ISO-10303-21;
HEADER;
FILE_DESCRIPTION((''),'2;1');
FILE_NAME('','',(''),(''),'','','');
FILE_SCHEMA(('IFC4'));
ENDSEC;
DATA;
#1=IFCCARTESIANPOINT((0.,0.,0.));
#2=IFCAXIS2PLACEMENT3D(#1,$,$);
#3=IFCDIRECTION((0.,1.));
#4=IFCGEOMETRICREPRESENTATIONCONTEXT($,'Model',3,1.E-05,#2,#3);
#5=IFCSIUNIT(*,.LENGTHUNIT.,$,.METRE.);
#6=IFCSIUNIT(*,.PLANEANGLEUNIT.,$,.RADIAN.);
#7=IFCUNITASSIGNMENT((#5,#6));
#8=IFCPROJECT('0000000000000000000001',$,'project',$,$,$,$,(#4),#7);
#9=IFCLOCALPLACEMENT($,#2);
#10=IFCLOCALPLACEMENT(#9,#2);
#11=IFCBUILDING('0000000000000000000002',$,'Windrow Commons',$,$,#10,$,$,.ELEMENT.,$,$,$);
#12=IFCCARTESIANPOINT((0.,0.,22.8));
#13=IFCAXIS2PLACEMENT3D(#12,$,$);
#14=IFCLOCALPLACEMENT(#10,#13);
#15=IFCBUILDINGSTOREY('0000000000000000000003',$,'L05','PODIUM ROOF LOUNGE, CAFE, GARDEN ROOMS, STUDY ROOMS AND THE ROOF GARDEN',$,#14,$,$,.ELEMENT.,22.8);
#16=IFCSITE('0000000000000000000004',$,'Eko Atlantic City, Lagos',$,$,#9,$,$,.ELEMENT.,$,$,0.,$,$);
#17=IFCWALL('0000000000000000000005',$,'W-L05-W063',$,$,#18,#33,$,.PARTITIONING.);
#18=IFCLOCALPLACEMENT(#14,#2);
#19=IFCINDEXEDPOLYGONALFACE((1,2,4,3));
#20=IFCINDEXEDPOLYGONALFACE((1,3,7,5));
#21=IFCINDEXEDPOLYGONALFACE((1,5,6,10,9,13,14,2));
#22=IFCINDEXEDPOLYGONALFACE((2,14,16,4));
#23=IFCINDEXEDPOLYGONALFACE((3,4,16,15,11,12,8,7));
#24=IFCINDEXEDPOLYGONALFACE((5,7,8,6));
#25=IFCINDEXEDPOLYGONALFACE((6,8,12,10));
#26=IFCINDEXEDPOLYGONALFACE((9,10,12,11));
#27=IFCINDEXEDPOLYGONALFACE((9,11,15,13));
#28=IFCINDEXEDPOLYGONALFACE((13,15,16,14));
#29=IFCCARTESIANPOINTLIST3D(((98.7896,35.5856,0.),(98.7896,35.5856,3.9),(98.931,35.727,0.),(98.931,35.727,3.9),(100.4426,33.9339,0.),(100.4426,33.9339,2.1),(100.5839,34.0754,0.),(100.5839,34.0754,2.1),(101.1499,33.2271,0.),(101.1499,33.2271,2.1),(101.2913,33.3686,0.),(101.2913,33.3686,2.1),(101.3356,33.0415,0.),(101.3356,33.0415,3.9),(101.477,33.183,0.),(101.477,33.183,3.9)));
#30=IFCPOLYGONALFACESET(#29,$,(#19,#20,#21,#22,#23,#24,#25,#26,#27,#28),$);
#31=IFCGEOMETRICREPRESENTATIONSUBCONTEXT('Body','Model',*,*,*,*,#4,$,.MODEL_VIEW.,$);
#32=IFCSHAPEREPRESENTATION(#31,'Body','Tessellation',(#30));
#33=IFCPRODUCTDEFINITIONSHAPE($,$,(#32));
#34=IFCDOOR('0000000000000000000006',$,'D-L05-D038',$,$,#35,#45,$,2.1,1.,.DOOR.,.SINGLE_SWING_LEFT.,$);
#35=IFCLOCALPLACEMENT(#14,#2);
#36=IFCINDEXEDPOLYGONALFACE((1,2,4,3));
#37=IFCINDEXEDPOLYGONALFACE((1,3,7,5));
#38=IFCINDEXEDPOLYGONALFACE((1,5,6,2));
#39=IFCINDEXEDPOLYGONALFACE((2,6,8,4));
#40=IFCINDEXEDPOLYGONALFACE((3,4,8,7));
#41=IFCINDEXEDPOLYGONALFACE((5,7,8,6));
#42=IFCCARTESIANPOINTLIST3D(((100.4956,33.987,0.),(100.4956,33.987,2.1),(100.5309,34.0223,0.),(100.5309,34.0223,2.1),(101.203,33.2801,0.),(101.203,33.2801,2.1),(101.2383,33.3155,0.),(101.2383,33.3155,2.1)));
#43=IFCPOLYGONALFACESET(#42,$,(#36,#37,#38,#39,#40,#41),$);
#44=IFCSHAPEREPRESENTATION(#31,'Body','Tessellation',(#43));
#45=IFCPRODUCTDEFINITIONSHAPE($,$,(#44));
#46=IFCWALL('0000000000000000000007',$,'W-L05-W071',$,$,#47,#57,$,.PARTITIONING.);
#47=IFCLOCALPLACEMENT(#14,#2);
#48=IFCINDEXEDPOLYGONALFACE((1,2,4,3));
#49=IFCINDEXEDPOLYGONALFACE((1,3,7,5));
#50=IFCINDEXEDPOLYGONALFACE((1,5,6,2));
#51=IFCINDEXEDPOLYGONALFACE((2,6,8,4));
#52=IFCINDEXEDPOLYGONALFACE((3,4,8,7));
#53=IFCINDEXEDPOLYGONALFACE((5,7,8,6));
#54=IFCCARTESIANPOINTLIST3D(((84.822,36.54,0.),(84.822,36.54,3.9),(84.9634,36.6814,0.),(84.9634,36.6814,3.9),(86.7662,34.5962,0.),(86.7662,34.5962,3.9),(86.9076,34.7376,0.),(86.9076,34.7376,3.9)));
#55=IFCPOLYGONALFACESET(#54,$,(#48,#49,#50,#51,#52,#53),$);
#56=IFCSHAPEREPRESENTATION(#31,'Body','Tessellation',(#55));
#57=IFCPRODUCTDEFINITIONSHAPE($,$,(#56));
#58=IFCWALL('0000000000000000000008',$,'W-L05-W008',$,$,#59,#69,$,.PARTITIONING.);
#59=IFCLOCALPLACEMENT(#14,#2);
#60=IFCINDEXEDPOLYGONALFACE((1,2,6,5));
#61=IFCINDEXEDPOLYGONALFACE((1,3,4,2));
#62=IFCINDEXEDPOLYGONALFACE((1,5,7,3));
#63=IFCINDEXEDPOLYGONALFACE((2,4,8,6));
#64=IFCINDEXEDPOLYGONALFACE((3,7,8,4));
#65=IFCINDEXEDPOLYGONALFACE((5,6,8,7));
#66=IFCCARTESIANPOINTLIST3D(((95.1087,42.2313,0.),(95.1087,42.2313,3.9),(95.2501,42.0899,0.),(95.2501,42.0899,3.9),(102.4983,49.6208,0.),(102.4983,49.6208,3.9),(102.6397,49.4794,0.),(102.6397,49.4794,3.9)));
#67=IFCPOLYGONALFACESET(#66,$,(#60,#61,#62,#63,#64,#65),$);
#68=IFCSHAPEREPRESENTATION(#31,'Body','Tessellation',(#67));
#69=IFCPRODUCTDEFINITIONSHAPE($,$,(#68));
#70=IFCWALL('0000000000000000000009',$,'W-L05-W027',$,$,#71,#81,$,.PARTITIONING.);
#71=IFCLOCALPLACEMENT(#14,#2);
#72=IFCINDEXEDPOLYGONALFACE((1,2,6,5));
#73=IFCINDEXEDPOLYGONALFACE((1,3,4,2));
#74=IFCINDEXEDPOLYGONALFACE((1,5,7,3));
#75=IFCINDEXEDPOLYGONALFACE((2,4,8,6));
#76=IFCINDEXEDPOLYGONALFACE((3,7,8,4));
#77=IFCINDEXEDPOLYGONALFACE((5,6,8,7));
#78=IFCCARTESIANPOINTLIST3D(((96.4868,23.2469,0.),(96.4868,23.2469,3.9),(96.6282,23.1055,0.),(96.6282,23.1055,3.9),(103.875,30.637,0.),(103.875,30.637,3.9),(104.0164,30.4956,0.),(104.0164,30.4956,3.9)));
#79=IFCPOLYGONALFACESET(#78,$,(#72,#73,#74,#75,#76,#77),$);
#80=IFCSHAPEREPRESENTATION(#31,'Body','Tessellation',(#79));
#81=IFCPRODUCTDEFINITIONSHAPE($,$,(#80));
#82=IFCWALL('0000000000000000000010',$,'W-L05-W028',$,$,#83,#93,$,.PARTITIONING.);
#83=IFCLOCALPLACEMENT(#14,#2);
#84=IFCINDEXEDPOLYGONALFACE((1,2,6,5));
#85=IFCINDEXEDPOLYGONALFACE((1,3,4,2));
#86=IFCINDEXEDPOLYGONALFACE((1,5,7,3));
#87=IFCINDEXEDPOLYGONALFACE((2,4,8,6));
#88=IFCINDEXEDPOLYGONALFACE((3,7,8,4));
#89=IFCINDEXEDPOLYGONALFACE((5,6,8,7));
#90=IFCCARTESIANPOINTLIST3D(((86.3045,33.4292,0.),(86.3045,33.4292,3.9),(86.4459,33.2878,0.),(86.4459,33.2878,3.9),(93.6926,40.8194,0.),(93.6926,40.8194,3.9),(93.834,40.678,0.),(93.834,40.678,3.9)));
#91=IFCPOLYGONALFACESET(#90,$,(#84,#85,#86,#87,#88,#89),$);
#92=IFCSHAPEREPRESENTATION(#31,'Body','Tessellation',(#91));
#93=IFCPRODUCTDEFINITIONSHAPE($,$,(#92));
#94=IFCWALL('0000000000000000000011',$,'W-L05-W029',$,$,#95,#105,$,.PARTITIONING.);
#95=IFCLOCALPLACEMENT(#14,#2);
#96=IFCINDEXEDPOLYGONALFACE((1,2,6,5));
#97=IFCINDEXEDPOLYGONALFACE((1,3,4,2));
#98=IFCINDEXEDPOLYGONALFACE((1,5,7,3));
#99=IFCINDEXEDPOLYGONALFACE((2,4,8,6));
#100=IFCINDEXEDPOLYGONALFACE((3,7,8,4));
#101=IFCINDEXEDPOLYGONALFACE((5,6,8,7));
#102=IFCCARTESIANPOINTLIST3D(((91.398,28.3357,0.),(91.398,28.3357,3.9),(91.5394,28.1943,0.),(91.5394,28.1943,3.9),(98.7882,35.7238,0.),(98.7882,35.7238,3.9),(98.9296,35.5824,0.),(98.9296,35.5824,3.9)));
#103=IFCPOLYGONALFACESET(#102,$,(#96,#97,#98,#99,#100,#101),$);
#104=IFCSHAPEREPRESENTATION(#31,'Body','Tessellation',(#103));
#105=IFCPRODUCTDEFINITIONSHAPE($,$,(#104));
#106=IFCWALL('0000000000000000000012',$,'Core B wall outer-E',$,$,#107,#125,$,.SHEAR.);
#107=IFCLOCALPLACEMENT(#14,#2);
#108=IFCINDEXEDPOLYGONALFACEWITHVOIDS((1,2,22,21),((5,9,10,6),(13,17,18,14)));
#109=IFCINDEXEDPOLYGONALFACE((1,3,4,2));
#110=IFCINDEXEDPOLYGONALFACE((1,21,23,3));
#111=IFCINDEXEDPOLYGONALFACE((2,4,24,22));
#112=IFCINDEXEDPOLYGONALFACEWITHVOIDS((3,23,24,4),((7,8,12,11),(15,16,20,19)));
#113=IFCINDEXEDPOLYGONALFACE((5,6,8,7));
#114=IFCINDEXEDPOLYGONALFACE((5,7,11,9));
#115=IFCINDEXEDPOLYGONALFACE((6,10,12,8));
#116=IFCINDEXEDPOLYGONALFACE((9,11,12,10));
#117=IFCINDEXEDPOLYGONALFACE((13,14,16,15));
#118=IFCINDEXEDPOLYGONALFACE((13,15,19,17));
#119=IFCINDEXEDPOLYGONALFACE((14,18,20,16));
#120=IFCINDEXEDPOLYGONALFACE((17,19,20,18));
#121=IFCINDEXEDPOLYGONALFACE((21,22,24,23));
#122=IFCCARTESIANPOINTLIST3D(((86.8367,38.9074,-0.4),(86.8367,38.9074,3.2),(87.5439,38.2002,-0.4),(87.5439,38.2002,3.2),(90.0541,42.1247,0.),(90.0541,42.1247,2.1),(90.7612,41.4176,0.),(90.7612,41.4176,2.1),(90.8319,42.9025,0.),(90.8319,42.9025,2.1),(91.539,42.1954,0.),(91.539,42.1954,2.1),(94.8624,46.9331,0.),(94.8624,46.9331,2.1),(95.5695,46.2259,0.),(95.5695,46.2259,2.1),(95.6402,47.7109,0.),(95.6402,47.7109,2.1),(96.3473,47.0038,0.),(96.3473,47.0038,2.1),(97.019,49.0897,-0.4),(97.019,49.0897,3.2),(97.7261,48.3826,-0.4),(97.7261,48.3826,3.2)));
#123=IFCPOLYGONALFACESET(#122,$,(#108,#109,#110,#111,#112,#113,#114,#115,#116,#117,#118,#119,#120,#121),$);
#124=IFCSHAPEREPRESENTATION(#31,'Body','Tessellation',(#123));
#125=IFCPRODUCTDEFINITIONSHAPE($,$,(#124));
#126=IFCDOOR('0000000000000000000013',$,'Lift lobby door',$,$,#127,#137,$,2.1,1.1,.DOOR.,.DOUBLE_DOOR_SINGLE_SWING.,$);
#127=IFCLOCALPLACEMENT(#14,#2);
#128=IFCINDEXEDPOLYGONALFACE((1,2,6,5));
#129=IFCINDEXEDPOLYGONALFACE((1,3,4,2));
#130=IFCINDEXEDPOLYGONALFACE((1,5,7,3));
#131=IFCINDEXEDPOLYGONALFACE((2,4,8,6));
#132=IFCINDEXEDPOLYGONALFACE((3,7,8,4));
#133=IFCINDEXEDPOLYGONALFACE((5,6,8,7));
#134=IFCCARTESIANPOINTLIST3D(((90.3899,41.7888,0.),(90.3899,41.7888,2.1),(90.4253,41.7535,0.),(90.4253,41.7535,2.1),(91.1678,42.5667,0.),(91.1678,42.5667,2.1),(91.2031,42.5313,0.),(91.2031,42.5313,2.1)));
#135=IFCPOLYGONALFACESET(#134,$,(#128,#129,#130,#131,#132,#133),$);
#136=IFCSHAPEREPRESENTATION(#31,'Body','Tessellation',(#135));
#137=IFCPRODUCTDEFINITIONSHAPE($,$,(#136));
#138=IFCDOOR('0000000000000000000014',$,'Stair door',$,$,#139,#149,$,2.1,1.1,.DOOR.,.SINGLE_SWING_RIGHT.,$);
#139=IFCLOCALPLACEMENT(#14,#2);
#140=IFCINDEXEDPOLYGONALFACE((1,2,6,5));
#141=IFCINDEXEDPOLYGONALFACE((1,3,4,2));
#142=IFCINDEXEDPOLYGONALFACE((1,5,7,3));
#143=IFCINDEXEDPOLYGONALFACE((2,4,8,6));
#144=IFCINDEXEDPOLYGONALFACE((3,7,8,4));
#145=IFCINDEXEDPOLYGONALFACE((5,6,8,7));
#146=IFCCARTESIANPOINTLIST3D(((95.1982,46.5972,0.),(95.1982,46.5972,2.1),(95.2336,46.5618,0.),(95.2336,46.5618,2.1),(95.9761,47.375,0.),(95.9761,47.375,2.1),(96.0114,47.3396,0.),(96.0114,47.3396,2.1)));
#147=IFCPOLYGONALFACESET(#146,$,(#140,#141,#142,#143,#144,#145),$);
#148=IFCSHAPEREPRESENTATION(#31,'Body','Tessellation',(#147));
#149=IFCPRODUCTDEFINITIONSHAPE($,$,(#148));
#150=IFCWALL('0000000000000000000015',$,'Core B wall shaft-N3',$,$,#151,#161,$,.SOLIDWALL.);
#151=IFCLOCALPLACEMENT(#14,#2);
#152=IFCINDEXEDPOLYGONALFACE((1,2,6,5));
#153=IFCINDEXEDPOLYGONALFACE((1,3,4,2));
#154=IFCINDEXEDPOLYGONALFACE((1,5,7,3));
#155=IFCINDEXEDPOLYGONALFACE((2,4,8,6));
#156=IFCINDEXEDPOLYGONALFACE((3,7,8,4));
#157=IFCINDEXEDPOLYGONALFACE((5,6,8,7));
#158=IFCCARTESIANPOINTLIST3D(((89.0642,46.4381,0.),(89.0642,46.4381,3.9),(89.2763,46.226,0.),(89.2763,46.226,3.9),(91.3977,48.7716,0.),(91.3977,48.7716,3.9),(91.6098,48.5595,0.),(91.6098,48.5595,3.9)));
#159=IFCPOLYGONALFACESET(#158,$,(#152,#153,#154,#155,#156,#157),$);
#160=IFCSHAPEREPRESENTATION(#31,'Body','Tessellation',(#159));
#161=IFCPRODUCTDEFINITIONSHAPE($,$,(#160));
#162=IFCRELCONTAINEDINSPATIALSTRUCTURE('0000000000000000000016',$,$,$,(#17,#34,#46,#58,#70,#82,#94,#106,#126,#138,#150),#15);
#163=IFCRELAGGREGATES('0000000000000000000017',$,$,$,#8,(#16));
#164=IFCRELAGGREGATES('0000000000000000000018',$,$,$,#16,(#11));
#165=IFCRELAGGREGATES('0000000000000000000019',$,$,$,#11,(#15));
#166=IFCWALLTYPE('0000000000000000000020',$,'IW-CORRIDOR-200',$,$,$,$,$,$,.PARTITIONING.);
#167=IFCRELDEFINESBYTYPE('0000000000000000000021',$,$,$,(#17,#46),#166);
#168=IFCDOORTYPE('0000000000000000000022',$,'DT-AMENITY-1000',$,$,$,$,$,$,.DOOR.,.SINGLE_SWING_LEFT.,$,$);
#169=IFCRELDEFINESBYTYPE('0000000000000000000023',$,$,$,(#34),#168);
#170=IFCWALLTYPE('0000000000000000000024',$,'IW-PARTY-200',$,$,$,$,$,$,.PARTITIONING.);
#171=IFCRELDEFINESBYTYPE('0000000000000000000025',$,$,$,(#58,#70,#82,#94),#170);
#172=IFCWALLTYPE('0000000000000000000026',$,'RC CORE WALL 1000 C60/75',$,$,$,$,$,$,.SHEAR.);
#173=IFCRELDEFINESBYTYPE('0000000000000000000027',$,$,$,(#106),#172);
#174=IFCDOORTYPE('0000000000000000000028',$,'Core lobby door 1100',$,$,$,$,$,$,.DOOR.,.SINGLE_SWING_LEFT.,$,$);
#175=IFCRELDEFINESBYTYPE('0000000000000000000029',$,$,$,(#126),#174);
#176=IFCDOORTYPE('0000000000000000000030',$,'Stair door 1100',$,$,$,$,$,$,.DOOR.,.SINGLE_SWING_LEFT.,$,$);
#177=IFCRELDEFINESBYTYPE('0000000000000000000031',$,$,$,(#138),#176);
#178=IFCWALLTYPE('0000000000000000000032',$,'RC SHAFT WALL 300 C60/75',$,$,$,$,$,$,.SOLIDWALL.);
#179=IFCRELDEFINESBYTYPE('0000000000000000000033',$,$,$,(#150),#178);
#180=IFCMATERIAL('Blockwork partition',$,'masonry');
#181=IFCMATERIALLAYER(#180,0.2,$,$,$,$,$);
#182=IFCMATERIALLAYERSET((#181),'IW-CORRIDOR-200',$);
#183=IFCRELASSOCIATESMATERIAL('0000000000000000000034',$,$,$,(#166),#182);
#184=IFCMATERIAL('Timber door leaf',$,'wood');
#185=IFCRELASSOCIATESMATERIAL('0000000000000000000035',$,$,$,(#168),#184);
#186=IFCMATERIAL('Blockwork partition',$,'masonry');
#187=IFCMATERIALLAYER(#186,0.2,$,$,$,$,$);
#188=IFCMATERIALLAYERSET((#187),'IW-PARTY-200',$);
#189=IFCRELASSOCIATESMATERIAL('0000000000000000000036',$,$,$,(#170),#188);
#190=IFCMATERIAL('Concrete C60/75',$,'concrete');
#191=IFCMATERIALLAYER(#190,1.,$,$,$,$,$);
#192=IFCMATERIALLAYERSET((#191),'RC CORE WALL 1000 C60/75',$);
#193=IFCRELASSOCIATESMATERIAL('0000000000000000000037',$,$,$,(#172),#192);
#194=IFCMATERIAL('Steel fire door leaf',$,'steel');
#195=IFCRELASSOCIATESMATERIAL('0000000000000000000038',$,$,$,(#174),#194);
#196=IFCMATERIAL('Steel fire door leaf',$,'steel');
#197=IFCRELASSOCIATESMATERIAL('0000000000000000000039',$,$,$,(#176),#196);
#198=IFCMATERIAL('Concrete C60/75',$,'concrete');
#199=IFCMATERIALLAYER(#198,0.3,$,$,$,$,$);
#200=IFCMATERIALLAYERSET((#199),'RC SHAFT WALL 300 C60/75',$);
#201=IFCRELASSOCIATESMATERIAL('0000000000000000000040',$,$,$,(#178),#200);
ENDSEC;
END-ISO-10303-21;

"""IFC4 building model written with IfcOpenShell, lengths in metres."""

from ifc_helpers import new_model, si_unit, direction, frame, frame_2d, origin, place, context, subcontext, project, spatial, rectangle, extrude, material, layer, layer_set, type_object, element, fill, save


model = new_model("IFC4")

# Units and contexts
model_context = context("Model", 3, precision=1e-05, world=origin(), true_north=direction((0.0, 1.0)))
body_context = subcontext(model_context, "Body", "Model", "MODEL_VIEW")
ifc_project = project(units=[si_unit("LENGTHUNIT", "METRE"), si_unit("PLANEANGLEUNIT", "RADIAN")], contexts=[model_context])

# Site, building, storey
site_placement = place(None, origin())
site = spatial("IfcSite", under=ifc_project, at=site_placement, Name="Eko Atlantic City, Lagos", CompositionType="ELEMENT", RefElevation=0.0)
building_placement = place(site_placement, origin())
building = spatial("IfcBuilding", under=site, at=building_placement, Name="Windrow Commons", CompositionType="ELEMENT")
storey_placement = place(building_placement, frame((0.0, 0.0, 22.8)))
storey = spatial("IfcBuildingStorey", under=building, at=storey_placement, Name="L05", Description="PODIUM ROOF LOUNGE, CAFE, GARDEN ROOMS, STUDY ROOMS AND THE ROOF GARDEN", CompositionType="ELEMENT", Elevation=22.8)

# Shared definitions
ifc_material_1 = material(Name="Blockwork partition", Category="masonry")
ifc_layer_1 = layer(ifc_material_1, 0.2)
ifc_layer_set_1 = layer_set([ifc_layer_1], Name="IW-CORRIDOR-200")
wall_type_1 = type_object("IfcWallType", Name="IW-CORRIDOR-200", PredefinedType="PARTITIONING", material=ifc_layer_set_1)

# Wall, opening, door
ifc_material_2 = material(Name="Timber door leaf", Category="wood")
door_type_1 = type_object("IfcDoorType", Name="DT-AMENITY-1000", OperationType="SINGLE_SWING_LEFT", PredefinedType="DOOR", material=ifc_material_2)
wall_1_placement = place(storey_placement, frame((98.8603, 35.6563, 0.0), z_axis=(0.0, 0.0, 1.0), x_axis=(0.707385, -0.706829, 0.0)))
wall_1 = element("IfcWall", 1, at=wall_1_placement, inside=storey, type_object=wall_type_1, Name="W-L05-W063", PredefinedType="PARTITIONING", context=body_context, shape_type="SweptSolid", body=[
    extrude(rectangle(XDim=3.5992, YDim=0.2, at=frame_2d((1.7996, 0.0))), origin(), (0.0, 0.0, 1.0), 3.9),
])
opening_1_placement = place(wall_1_placement, frame((2.3367, 0.0, 0.0)))
opening_1 = element("IfcOpeningElement", 2, at=opening_1_placement, cuts=wall_1, PredefinedType="OPENING", context=body_context, shape_type="SweptSolid", body=[
    extrude(rectangle(XDim=1.0, YDim=2.1, at=frame_2d((0.5, 1.05))), frame((0.0, 0.11, 0.0), z_axis=(0.0, -1.0, 0.0), x_axis=(1.0, 0.0, 0.0)), (0.0, 0.0, 1.0), 0.22),
])
door_1_placement = place(opening_1_placement, origin())
door_1 = element("IfcDoor", 3, at=door_1_placement, inside=storey, type_object=door_type_1, Name="D-L05-D038", OperationType="SINGLE_SWING_LEFT", OverallHeight=2.1, OverallWidth=1.0, PredefinedType="DOOR", context=body_context, shape_type="SweptSolid", body=[
    extrude(rectangle(XDim=1.0, YDim=2.1, at=frame_2d((0.5, 1.05))), frame((0.0, 0.025, 0.0), z_axis=(0.0, -1.0, 0.0), x_axis=(1.0, 0.0, 0.0)), (0.0, 0.0, 1.0), 0.05),
])
fill(opening_1, door_1)

# Walls
wall_2_placement = place(storey_placement, frame((86.8369, 34.6669, 0.0), z_axis=(0.0, 0.0, 1.0), x_axis=(-0.70718, 0.707034, 0.0)))
element("IfcWall", 4, at=wall_2_placement, inside=storey, type_object=wall_type_1, Name="W-L05-W071", PredefinedType="PARTITIONING", context=body_context, shape_type="SweptSolid", body=[
    extrude(rectangle(XDim=2.7492, YDim=0.2, at=frame_2d((1.3746, 0.0))), origin(), (0.0, 0.0, 1.0), 3.9),
])
ifc_material_3 = material(Name="Blockwork partition", Category="masonry")
ifc_layer_2 = layer(ifc_material_3, 0.2)
ifc_layer_set_2 = layer_set([ifc_layer_2], Name="IW-PARTY-200")
wall_type_2 = type_object("IfcWallType", Name="IW-PARTY-200", PredefinedType="PARTITIONING", material=ifc_layer_set_2)
wall_3_placement = place(storey_placement, frame((95.1794, 42.1606, 0.0), z_axis=(0.0, 0.0, 1.0), x_axis=(0.707112, 0.707102, 0.0)))
element("IfcWall", 5, at=wall_3_placement, inside=storey, type_object=wall_type_2, Name="W-L05-W008", PredefinedType="PARTITIONING", context=body_context, shape_type="SweptSolid", body=[
    extrude(rectangle(XDim=10.4505, YDim=0.2, at=frame_2d((5.2252, 0.0))), origin(), (0.0, 0.0, 1.0), 3.9),
])
for number, where, z_axis, x_axis, name in (
    (6, (96.5575, 23.1762, 0.0), (0.0, 0.0, 1.0), (0.707016, 0.707198, 0.0), "W-L05-W027"),
    (7, (86.3752, 33.3585, 0.0), (0.0, 0.0, 1.0), (0.707006, 0.707207, 0.0), "W-L05-W028"),
    (8, (91.4687, 28.265, 0.0), (0.0, 0.0, 1.0), (0.707207, 0.707006, 0.0), "W-L05-W029"),
):
    element("IfcWall", number, at=place(storey_placement, frame(where, z_axis=z_axis, x_axis=x_axis)), inside=storey, type_object=wall_type_2, Name=name, PredefinedType="PARTITIONING", context=body_context, shape_type="SweptSolid", body=[
        extrude(rectangle(XDim=10.4498, YDim=0.2, at=frame_2d((5.2249, 0.0))), origin(), (0.0, 0.0, 1.0), 3.9),
    ])

# Wall, openings, doors
ifc_material_4 = material(Name="Concrete C60/75", Category="concrete")
ifc_layer_3 = layer(ifc_material_4, 1.0)
ifc_layer_set_3 = layer_set([ifc_layer_3], Name="RC CORE WALL 1000 C60/75")
wall_type_3 = type_object("IfcWallType", Name="RC CORE WALL 1000 C60/75", PredefinedType="SHEAR", material=ifc_layer_set_3)
wall_4_placement = place(storey_placement, frame((87.1903, 38.5538, -0.4), z_axis=(0.0, 0.0, 1.0), x_axis=(0.707103, 0.70711, 0.0)))
wall_4 = element("IfcWall", 9, at=wall_4_placement, inside=storey, type_object=wall_type_3, Name="Core B wall outer-E", PredefinedType="SHEAR", context=body_context, shape_type="SweptSolid", body=[
    extrude(rectangle(XDim=14.4, YDim=1.0, at=frame_2d((7.2, 0.0))), origin(), (0.0, 0.0, 1.0), 3.6),
])
opening_2_placement = place(wall_4_placement, frame((4.55, 0.0, 0.4)))
opening_2 = element("IfcOpeningElement", 10, at=opening_2_placement, cuts=wall_4, PredefinedType="OPENING", context=body_context, shape_type="SweptSolid", body=[
    extrude(rectangle(XDim=1.1, YDim=2.1, at=frame_2d((0.55, 1.05))), frame((0.0, 0.51, 0.0), z_axis=(0.0, -1.0, 0.0), x_axis=(1.0, 0.0, 0.0)), (0.0, 0.0, 1.0), 1.02),
])
opening_3_placement = place(wall_4_placement, frame((11.35, 0.0, 0.4)))
opening_3 = element("IfcOpeningElement", 11, at=opening_3_placement, cuts=wall_4, PredefinedType="OPENING", context=body_context, shape_type="SweptSolid", body=[
    extrude(rectangle(XDim=1.1, YDim=2.1, at=frame_2d((0.55, 1.05))), frame((0.0, 0.51, 0.0), z_axis=(0.0, -1.0, 0.0), x_axis=(1.0, 0.0, 0.0)), (0.0, 0.0, 1.0), 1.02),
])
ifc_material_5 = material(Name="Steel fire door leaf", Category="steel")
door_type_2 = type_object("IfcDoorType", Name="Core lobby door 1100", OperationType="SINGLE_SWING_LEFT", PredefinedType="DOOR", material=ifc_material_5)
door_2_placement = place(opening_2_placement, origin())
door_2 = element("IfcDoor", 12, at=door_2_placement, inside=storey, type_object=door_type_2, Name="Lift lobby door", OperationType="DOUBLE_DOOR_SINGLE_SWING", OverallHeight=2.1, OverallWidth=1.1, PredefinedType="DOOR", context=body_context, shape_type="SweptSolid", body=[
    extrude(rectangle(XDim=1.1, YDim=2.1, at=frame_2d((0.55, 1.05))), frame((0.0, 0.025, 0.0), z_axis=(0.0, -1.0, 0.0), x_axis=(1.0, 0.0, 0.0)), (0.0, 0.0, 1.0), 0.05),
])
fill(opening_2, door_2)
ifc_material_6 = material(Name="Steel fire door leaf", Category="steel")
door_type_3 = type_object("IfcDoorType", Name="Stair door 1100", OperationType="SINGLE_SWING_LEFT", PredefinedType="DOOR", material=ifc_material_6)
door_3_placement = place(opening_3_placement, origin())
door_3 = element("IfcDoor", 13, at=door_3_placement, inside=storey, type_object=door_type_3, Name="Stair door", OperationType="SINGLE_SWING_RIGHT", OverallHeight=2.1, OverallWidth=1.1, PredefinedType="DOOR", context=body_context, shape_type="SweptSolid", body=[
    extrude(rectangle(XDim=1.1, YDim=2.1, at=frame_2d((0.55, 1.05))), frame((0.0, 0.025, 0.0), z_axis=(0.0, -1.0, 0.0), x_axis=(1.0, 0.0, 0.0)), (0.0, 0.0, 1.0), 0.05),
])
fill(opening_3, door_3)

# Wall
ifc_material_7 = material(Name="Concrete C60/75", Category="concrete")
ifc_layer_4 = layer(ifc_material_7, 0.3)
ifc_layer_set_4 = layer_set([ifc_layer_4], Name="RC SHAFT WALL 300 C60/75")
wall_type_4 = type_object("IfcWallType", Name="RC SHAFT WALL 300 C60/75", PredefinedType="SOLIDWALL", material=ifc_layer_set_4)
wall_5_placement = place(storey_placement, frame((89.1702, 46.332, 0.0), z_axis=(0.0, 0.0, 1.0), x_axis=(0.707107, 0.707107, 0.0)))
element("IfcWall", 14, at=wall_5_placement, inside=storey, type_object=wall_type_4, Name="Core B wall shaft-N3", PredefinedType="SOLIDWALL", context=body_context, shape_type="SweptSolid", body=[
    extrude(rectangle(XDim=3.3001, YDim=0.3, at=frame_2d((1.6501, 0.0))), origin(), (0.0, 0.0, 1.0), 3.9),
])

save(model, "model.ifc")
